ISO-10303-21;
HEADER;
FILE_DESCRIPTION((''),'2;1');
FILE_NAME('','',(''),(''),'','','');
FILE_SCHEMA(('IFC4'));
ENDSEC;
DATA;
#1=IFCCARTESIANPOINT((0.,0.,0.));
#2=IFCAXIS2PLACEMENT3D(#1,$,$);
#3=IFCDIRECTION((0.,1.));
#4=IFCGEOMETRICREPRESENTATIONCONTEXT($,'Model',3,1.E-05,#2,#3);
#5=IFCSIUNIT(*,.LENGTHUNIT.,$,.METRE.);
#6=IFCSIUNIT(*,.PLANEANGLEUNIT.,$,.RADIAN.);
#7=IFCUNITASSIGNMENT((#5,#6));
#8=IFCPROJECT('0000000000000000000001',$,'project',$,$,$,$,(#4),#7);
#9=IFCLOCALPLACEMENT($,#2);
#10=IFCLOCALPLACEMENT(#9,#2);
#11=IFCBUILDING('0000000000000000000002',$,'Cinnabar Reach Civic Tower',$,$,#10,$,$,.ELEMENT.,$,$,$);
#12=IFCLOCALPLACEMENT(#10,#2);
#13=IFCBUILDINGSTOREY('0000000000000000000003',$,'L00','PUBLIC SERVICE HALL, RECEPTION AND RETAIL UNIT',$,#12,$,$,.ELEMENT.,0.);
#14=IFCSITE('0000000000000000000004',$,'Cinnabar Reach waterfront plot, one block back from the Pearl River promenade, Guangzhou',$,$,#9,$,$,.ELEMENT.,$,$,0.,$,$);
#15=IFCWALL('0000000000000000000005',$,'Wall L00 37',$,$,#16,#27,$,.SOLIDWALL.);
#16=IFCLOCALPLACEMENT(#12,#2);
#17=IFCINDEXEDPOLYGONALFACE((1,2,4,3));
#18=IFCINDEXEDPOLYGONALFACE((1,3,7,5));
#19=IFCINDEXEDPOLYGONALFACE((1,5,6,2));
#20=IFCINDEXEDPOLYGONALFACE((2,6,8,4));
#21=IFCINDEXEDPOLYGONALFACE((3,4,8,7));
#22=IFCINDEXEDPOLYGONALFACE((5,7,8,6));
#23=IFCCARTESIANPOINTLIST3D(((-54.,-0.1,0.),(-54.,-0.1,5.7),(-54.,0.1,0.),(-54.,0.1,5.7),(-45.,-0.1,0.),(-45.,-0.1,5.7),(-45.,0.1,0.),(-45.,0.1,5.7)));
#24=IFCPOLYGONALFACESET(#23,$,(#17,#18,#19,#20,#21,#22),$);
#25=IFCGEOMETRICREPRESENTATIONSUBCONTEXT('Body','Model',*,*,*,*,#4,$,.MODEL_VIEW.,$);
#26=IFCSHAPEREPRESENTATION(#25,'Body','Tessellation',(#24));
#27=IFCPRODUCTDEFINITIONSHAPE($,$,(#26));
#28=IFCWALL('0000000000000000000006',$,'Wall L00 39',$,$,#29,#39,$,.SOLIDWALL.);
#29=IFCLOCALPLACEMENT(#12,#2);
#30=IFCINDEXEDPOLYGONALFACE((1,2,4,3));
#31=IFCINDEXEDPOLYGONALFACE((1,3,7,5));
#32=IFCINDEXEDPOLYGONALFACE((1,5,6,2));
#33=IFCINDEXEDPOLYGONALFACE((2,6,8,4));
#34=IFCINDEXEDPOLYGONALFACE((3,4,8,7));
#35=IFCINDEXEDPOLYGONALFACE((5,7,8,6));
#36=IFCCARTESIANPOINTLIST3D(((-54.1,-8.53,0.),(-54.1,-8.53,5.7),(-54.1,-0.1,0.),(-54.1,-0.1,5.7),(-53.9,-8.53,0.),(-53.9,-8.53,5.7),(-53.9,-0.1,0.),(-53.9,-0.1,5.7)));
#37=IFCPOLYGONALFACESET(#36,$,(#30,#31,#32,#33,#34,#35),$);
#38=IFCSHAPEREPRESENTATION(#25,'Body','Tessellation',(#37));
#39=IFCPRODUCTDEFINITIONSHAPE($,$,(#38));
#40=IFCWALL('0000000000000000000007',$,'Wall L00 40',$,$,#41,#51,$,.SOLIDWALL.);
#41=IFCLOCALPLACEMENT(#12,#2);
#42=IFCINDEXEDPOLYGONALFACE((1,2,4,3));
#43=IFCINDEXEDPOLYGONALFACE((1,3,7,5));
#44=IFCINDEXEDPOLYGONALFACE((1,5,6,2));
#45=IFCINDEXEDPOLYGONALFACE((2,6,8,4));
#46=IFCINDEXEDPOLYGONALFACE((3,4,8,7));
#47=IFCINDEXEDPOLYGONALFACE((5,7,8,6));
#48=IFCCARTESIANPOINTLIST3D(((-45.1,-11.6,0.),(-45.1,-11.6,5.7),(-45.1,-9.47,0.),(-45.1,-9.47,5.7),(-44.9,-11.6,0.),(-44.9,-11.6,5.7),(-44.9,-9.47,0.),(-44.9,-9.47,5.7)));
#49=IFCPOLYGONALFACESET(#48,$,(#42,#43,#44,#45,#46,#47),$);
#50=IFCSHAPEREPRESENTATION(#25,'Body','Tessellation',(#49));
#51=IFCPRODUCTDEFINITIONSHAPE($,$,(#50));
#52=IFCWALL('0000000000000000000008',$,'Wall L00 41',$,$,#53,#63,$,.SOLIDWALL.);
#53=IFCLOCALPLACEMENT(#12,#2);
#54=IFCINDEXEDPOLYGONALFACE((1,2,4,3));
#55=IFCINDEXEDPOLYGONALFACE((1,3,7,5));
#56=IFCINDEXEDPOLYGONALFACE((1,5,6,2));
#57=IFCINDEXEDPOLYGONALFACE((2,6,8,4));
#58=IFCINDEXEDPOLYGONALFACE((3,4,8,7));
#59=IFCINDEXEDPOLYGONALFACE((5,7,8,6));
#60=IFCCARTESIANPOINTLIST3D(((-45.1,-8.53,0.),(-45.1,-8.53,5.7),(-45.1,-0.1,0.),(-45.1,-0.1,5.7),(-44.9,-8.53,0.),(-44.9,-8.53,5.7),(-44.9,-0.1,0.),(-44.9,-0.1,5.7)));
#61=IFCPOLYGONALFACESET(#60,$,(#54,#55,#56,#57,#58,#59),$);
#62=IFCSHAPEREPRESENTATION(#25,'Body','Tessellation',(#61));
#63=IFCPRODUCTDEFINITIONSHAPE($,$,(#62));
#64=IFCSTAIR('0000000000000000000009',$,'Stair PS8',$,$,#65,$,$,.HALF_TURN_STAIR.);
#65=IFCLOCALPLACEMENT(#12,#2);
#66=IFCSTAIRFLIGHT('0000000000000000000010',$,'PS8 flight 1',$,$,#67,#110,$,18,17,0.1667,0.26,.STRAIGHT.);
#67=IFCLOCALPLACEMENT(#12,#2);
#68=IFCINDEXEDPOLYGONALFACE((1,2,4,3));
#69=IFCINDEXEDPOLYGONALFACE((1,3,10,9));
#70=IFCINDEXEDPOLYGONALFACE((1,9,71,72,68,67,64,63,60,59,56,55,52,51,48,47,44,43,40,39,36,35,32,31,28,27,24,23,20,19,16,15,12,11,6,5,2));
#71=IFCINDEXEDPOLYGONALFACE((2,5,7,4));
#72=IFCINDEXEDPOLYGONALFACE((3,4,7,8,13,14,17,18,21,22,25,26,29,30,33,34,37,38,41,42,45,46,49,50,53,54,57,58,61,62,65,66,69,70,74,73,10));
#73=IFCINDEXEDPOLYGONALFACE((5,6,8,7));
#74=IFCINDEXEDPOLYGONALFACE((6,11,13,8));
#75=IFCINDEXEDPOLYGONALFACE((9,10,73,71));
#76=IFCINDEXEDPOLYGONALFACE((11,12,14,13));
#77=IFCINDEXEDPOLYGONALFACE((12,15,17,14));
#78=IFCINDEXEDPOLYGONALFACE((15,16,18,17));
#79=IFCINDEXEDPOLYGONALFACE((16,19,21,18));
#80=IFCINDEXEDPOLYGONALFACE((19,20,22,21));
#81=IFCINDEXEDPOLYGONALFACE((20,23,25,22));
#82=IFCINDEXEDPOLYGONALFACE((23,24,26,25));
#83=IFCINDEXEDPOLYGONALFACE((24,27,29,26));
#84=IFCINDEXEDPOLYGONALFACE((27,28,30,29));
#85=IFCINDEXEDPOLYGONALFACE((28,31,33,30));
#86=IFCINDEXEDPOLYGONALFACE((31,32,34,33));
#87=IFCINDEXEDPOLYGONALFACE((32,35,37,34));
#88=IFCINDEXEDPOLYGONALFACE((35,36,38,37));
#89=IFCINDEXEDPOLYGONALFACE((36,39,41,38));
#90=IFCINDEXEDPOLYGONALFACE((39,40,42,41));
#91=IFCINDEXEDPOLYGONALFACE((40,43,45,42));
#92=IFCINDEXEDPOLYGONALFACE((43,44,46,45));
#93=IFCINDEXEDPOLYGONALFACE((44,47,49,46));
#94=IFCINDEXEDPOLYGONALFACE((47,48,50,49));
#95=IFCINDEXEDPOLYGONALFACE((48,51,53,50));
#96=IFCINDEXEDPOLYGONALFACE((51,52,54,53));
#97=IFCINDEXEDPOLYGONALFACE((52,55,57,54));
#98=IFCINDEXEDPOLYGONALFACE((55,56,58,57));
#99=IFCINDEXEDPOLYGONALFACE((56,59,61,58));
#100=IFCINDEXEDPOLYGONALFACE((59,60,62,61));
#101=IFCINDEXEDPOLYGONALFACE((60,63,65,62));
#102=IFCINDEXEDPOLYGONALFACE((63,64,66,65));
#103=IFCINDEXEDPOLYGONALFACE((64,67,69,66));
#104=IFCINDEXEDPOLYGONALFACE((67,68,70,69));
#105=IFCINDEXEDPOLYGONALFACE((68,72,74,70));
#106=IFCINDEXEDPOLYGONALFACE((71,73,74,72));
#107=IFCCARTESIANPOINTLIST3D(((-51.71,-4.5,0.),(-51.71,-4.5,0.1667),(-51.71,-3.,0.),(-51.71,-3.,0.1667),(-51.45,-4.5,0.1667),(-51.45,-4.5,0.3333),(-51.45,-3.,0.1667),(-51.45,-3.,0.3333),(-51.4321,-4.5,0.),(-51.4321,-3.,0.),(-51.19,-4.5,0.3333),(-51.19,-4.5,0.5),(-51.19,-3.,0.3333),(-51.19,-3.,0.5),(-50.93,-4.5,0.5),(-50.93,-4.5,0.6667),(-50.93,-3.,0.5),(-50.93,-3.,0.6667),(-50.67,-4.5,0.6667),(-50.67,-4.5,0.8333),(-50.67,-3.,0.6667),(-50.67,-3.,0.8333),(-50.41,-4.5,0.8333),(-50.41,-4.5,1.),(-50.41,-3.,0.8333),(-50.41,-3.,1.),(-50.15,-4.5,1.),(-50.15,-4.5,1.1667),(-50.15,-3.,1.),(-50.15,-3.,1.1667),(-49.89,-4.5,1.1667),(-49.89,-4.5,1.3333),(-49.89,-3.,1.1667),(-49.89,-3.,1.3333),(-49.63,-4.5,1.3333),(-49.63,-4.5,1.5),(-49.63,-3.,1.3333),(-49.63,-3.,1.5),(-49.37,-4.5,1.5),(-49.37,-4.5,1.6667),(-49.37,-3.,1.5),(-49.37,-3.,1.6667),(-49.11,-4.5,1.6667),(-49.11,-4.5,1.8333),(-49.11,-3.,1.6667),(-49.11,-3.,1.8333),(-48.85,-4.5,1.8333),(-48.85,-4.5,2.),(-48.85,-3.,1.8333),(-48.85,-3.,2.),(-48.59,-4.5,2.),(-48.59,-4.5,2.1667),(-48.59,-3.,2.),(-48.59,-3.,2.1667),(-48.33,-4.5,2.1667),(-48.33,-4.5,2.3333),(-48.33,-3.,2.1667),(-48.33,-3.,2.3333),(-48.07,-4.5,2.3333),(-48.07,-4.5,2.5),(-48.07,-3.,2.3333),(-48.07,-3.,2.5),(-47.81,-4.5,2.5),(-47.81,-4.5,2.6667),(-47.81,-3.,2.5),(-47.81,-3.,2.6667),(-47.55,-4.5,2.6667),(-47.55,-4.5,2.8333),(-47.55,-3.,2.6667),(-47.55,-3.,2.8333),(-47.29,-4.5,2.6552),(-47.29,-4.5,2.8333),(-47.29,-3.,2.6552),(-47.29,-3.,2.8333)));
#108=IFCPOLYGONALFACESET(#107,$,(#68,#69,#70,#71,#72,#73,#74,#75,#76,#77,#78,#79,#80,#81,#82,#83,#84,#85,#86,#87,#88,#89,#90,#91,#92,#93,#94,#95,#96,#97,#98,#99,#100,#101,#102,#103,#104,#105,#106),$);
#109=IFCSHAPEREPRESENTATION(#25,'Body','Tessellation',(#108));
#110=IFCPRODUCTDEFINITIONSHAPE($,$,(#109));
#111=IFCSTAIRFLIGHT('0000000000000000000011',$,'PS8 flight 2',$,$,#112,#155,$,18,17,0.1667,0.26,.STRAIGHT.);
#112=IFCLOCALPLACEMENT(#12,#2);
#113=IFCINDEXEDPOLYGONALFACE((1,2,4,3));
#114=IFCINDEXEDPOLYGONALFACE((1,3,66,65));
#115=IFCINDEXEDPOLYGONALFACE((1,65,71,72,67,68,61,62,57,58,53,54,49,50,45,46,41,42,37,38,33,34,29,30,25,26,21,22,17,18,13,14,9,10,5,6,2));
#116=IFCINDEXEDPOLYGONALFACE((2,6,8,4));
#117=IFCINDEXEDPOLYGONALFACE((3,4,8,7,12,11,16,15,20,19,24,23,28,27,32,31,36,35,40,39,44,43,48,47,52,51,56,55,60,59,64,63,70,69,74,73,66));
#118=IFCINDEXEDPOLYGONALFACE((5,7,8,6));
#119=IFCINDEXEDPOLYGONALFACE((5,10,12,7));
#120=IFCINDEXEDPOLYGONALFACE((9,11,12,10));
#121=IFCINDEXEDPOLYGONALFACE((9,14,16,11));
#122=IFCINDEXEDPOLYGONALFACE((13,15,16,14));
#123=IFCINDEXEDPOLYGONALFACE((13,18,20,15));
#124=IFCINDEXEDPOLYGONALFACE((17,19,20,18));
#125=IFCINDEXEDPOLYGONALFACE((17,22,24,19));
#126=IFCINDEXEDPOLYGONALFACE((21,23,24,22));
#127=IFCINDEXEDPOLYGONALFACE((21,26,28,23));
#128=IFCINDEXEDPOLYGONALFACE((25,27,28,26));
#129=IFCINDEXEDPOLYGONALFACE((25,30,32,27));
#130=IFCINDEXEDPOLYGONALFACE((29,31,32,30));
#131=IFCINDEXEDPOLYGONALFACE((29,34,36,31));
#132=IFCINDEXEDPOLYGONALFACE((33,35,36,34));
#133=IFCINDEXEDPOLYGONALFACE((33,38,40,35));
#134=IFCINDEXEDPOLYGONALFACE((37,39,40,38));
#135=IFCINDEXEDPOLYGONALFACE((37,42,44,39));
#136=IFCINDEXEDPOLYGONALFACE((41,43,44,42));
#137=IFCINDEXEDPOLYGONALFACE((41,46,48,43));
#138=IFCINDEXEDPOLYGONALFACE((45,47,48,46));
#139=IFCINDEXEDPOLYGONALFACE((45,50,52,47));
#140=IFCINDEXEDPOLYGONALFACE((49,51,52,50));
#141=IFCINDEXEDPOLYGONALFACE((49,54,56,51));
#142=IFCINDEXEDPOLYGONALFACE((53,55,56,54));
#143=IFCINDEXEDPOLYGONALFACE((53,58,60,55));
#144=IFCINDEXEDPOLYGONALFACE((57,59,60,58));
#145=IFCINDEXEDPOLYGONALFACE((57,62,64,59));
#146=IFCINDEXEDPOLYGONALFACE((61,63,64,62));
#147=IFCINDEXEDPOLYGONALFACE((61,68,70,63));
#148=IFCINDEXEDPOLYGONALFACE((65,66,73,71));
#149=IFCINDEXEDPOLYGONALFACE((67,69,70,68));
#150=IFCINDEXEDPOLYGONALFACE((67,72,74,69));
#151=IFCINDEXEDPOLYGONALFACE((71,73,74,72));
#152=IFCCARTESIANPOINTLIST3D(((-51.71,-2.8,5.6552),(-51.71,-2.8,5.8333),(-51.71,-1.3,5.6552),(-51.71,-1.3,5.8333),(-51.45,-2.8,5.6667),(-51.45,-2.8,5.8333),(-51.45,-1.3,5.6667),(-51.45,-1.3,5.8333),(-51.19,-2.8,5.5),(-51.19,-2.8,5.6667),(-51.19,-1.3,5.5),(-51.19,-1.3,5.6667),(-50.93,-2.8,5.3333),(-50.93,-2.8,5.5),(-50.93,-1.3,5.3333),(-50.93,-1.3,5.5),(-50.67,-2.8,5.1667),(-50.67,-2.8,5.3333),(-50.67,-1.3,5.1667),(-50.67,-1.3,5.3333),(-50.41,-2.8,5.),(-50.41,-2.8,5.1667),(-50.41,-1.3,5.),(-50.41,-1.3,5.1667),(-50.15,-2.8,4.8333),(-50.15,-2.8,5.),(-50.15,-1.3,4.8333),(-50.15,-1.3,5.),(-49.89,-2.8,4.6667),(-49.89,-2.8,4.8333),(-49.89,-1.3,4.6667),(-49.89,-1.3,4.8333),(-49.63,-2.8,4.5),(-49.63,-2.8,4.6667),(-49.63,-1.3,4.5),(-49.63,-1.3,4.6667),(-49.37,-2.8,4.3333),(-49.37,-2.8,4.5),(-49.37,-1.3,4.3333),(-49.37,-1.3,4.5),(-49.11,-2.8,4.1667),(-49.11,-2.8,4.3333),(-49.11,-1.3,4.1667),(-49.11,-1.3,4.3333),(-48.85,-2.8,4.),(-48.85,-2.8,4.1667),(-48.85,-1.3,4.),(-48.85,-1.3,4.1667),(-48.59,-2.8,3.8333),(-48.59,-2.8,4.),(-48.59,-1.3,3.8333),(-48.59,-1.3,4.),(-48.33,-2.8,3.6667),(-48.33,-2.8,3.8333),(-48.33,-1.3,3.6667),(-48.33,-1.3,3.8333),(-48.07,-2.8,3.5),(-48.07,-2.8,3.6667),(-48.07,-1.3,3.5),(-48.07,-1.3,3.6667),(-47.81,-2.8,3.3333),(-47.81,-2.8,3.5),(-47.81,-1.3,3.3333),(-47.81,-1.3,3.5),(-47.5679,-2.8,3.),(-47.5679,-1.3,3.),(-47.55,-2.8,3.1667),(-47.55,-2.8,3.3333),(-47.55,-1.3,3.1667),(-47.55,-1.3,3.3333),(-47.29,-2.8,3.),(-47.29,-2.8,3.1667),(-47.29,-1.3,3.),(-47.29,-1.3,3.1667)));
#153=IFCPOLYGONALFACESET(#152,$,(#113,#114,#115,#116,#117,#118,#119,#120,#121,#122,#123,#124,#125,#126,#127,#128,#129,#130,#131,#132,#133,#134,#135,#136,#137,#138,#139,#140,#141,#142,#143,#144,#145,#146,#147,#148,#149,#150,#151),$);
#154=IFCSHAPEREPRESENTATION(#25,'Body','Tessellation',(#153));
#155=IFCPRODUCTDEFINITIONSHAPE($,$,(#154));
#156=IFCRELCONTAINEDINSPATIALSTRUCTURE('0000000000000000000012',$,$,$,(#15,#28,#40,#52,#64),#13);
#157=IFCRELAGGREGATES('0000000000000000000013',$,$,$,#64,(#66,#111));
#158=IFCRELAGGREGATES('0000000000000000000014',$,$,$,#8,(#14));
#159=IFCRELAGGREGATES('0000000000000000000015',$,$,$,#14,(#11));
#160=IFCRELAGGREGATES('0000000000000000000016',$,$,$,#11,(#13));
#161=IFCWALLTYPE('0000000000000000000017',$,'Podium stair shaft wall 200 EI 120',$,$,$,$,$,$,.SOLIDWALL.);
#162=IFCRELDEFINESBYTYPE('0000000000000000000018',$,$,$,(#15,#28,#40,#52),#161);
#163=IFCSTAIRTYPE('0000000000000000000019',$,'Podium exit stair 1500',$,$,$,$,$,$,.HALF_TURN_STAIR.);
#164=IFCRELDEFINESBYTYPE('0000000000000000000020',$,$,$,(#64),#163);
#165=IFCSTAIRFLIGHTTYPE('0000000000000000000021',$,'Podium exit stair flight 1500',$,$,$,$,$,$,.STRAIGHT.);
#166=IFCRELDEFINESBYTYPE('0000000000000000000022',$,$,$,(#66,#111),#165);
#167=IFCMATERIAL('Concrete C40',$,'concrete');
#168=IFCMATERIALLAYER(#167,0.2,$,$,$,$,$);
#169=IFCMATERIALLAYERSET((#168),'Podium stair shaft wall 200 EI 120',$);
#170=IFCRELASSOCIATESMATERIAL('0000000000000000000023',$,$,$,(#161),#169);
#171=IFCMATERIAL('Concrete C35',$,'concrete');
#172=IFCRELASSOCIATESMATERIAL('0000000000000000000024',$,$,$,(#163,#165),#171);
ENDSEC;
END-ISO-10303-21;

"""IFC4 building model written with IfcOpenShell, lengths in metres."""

from ifc_helpers import new_model, si_unit, direction, frame, frame_2d, origin, place, context, subcontext, project, spatial, polyline, rectangle, outline, extrude, material, layer, layer_set, type_object, element, aggregate, save


model = new_model("IFC4")

# Units and contexts
model_context = context("Model", 3, precision=1e-05, world=origin(), true_north=direction((0.0, 1.0)))
body_context = subcontext(model_context, "Body", "Model", "MODEL_VIEW")
ifc_project = project(units=[si_unit("LENGTHUNIT", "METRE"), si_unit("PLANEANGLEUNIT", "RADIAN")], contexts=[model_context])

# Site, building, storey
site_placement = place(None, origin())
site = spatial("IfcSite", under=ifc_project, at=site_placement, Name="Cinnabar Reach waterfront plot, one block back from the Pearl River promenade, Guangzhou", CompositionType="ELEMENT", RefElevation=0.0)
building_placement = place(site_placement, origin())
building = spatial("IfcBuilding", under=site, at=building_placement, Name="Cinnabar Reach Civic Tower", CompositionType="ELEMENT")
storey_placement = place(building_placement, origin())
storey = spatial("IfcBuildingStorey", under=building, at=storey_placement, Name="L00", Description="PUBLIC SERVICE HALL, RECEPTION AND RETAIL UNIT", CompositionType="ELEMENT", Elevation=0.0)

# Walls
ifc_material_1 = material(Name="Concrete C40", Category="concrete")
ifc_layer_1 = layer(ifc_material_1, 0.2)
ifc_layer_set_1 = layer_set([ifc_layer_1], Name="Podium stair shaft wall 200 EI 120")
wall_type_1 = type_object("IfcWallType", Name="Podium stair shaft wall 200 EI 120", PredefinedType="SOLIDWALL", material=ifc_layer_set_1)
wall_1_placement = place(storey_placement, frame((-54.0, 0.0, 0.0), z_axis=(0.0, 0.0, 1.0), x_axis=(1.0, 0.0, 0.0)))
element("IfcWall", 1, at=wall_1_placement, inside=storey, type_object=wall_type_1, Name="Wall L00 37", PredefinedType="SOLIDWALL", context=body_context, shape_type="SweptSolid", body=[
    extrude(rectangle(XDim=9.0, YDim=0.2, at=frame_2d((4.5, 0.0))), origin(), (0.0, 0.0, 1.0), 5.7),
])
wall_2_placement = place(storey_placement, frame((-54.0, -8.53, 0.0), z_axis=(0.0, 0.0, 1.0), x_axis=(0.0, 1.0, 0.0)))
element("IfcWall", 2, at=wall_2_placement, inside=storey, type_object=wall_type_1, Name="Wall L00 39", PredefinedType="SOLIDWALL", context=body_context, shape_type="SweptSolid", body=[
    extrude(rectangle(XDim=8.43, YDim=0.2, at=frame_2d((4.215, 0.0))), origin(), (0.0, 0.0, 1.0), 5.7),
])
wall_3_placement = place(storey_placement, frame((-45.0, -11.6, 0.0), z_axis=(0.0, 0.0, 1.0), x_axis=(0.0, 1.0, 0.0)))
element("IfcWall", 3, at=wall_3_placement, inside=storey, type_object=wall_type_1, Name="Wall L00 40", PredefinedType="SOLIDWALL", context=body_context, shape_type="SweptSolid", body=[
    extrude(rectangle(XDim=2.13, YDim=0.2, at=frame_2d((1.065, 0.0))), origin(), (0.0, 0.0, 1.0), 5.7),
])
wall_4_placement = place(storey_placement, frame((-45.0, -8.53, 0.0), z_axis=(0.0, 0.0, 1.0), x_axis=(0.0, 1.0, 0.0)))
element("IfcWall", 4, at=wall_4_placement, inside=storey, type_object=wall_type_1, Name="Wall L00 41", PredefinedType="SOLIDWALL", context=body_context, shape_type="SweptSolid", body=[
    extrude(rectangle(XDim=8.43, YDim=0.2, at=frame_2d((4.215, 0.0))), origin(), (0.0, 0.0, 1.0), 5.7),
])

# Stair, stair flights
ifc_material_2 = material(Name="Concrete C35", Category="concrete")
stair_type = type_object("IfcStairType", Name="Podium exit stair 1500", PredefinedType="HALF_TURN_STAIR", material=ifc_material_2)
stair_placement = place(storey_placement, origin())
stair = element("IfcStair", 5, at=stair_placement, inside=storey, type_object=stair_type, Name="Stair PS8", PredefinedType="HALF_TURN_STAIR")
stair_flight_type = type_object("IfcStairFlightType", Name="Podium exit stair flight 1500", PredefinedType="STRAIGHT", material=ifc_material_2)
stair_flight_1_placement = place(storey_placement, frame((-51.71, -3.75, 0.0), z_axis=(0.0, 0.0, 1.0), x_axis=(1.0, 0.0, 0.0)))
stair_flight_1 = element("IfcStairFlight", 6, at=stair_flight_1_placement, type_object=stair_flight_type, Name="PS8 flight 1", NumberOfRisers=18, NumberOfTreads=17, PredefinedType="STRAIGHT", RiserHeight=0.1667, TreadLength=0.26, context=body_context, shape_type="SweptSolid", body=[
    extrude(outline(polyline([(0.0, 0.0), (0.0, 0.1667), (0.26, 0.1667), (0.26, 0.3333), (0.52, 0.3333), (0.52, 0.5), (0.78, 0.5), (0.78, 0.6667), (1.04, 0.6667), (1.04, 0.8333), (1.3, 0.8333), (1.3, 1.0), (1.56, 1.0), (1.56, 1.1667), (1.82, 1.1667), (1.82, 1.3333), (2.08, 1.3333), (2.08, 1.5), (2.34, 1.5), (2.34, 1.6667), (2.6, 1.6667), (2.6, 1.8333), (2.86, 1.8333), (2.86, 2.0), (3.12, 2.0), (3.12, 2.1667), (3.38, 2.1667), (3.38, 2.3333), (3.64, 2.3333), (3.64, 2.5), (3.9, 2.5), (3.9, 2.6667), (4.16, 2.6667), (4.16, 2.8333), (4.42, 2.8333), (4.42, 3.0), (4.42, 2.6552), (0.2779, 0.0), (0.0, 0.0)])), frame((0.0, 0.75, 0.0), z_axis=(0.0, -1.0, 0.0), x_axis=(1.0, 0.0, 0.0)), (0.0, 0.0, 1.0), 1.5),
])
stair_flight_2_placement = place(storey_placement, frame((-47.29, -2.05, 3.0), z_axis=(0.0, 0.0, 1.0), x_axis=(-1.0, 0.0, 0.0)))
stair_flight_2 = element("IfcStairFlight", 7, at=stair_flight_2_placement, type_object=stair_flight_type, Name="PS8 flight 2", NumberOfRisers=18, NumberOfTreads=17, PredefinedType="STRAIGHT", RiserHeight=0.1667, TreadLength=0.26, context=body_context, shape_type="SweptSolid", body=[
    extrude(outline(polyline([(0.0, 0.0), (0.0, 0.1667), (0.26, 0.1667), (0.26, 0.3333), (0.52, 0.3333), (0.52, 0.5), (0.78, 0.5), (0.78, 0.6667), (1.04, 0.6667), (1.04, 0.8333), (1.3, 0.8333), (1.3, 1.0), (1.56, 1.0), (1.56, 1.1667), (1.82, 1.1667), (1.82, 1.3333), (2.08, 1.3333), (2.08, 1.5), (2.34, 1.5), (2.34, 1.6667), (2.6, 1.6667), (2.6, 1.8333), (2.86, 1.8333), (2.86, 2.0), (3.12, 2.0), (3.12, 2.1667), (3.38, 2.1667), (3.38, 2.3333), (3.64, 2.3333), (3.64, 2.5), (3.9, 2.5), (3.9, 2.6667), (4.16, 2.6667), (4.16, 2.8333), (4.42, 2.8333), (4.42, 3.0), (4.42, 2.6552), (0.2779, 0.0), (0.0, 0.0)])), frame((0.0, 0.75, 0.0), z_axis=(0.0, -1.0, 0.0), x_axis=(1.0, 0.0, 0.0)), (0.0, 0.0, 1.0), 1.5),
])
aggregate(stair, [stair_flight_1, stair_flight_2])

save(model, "model.ifc")
